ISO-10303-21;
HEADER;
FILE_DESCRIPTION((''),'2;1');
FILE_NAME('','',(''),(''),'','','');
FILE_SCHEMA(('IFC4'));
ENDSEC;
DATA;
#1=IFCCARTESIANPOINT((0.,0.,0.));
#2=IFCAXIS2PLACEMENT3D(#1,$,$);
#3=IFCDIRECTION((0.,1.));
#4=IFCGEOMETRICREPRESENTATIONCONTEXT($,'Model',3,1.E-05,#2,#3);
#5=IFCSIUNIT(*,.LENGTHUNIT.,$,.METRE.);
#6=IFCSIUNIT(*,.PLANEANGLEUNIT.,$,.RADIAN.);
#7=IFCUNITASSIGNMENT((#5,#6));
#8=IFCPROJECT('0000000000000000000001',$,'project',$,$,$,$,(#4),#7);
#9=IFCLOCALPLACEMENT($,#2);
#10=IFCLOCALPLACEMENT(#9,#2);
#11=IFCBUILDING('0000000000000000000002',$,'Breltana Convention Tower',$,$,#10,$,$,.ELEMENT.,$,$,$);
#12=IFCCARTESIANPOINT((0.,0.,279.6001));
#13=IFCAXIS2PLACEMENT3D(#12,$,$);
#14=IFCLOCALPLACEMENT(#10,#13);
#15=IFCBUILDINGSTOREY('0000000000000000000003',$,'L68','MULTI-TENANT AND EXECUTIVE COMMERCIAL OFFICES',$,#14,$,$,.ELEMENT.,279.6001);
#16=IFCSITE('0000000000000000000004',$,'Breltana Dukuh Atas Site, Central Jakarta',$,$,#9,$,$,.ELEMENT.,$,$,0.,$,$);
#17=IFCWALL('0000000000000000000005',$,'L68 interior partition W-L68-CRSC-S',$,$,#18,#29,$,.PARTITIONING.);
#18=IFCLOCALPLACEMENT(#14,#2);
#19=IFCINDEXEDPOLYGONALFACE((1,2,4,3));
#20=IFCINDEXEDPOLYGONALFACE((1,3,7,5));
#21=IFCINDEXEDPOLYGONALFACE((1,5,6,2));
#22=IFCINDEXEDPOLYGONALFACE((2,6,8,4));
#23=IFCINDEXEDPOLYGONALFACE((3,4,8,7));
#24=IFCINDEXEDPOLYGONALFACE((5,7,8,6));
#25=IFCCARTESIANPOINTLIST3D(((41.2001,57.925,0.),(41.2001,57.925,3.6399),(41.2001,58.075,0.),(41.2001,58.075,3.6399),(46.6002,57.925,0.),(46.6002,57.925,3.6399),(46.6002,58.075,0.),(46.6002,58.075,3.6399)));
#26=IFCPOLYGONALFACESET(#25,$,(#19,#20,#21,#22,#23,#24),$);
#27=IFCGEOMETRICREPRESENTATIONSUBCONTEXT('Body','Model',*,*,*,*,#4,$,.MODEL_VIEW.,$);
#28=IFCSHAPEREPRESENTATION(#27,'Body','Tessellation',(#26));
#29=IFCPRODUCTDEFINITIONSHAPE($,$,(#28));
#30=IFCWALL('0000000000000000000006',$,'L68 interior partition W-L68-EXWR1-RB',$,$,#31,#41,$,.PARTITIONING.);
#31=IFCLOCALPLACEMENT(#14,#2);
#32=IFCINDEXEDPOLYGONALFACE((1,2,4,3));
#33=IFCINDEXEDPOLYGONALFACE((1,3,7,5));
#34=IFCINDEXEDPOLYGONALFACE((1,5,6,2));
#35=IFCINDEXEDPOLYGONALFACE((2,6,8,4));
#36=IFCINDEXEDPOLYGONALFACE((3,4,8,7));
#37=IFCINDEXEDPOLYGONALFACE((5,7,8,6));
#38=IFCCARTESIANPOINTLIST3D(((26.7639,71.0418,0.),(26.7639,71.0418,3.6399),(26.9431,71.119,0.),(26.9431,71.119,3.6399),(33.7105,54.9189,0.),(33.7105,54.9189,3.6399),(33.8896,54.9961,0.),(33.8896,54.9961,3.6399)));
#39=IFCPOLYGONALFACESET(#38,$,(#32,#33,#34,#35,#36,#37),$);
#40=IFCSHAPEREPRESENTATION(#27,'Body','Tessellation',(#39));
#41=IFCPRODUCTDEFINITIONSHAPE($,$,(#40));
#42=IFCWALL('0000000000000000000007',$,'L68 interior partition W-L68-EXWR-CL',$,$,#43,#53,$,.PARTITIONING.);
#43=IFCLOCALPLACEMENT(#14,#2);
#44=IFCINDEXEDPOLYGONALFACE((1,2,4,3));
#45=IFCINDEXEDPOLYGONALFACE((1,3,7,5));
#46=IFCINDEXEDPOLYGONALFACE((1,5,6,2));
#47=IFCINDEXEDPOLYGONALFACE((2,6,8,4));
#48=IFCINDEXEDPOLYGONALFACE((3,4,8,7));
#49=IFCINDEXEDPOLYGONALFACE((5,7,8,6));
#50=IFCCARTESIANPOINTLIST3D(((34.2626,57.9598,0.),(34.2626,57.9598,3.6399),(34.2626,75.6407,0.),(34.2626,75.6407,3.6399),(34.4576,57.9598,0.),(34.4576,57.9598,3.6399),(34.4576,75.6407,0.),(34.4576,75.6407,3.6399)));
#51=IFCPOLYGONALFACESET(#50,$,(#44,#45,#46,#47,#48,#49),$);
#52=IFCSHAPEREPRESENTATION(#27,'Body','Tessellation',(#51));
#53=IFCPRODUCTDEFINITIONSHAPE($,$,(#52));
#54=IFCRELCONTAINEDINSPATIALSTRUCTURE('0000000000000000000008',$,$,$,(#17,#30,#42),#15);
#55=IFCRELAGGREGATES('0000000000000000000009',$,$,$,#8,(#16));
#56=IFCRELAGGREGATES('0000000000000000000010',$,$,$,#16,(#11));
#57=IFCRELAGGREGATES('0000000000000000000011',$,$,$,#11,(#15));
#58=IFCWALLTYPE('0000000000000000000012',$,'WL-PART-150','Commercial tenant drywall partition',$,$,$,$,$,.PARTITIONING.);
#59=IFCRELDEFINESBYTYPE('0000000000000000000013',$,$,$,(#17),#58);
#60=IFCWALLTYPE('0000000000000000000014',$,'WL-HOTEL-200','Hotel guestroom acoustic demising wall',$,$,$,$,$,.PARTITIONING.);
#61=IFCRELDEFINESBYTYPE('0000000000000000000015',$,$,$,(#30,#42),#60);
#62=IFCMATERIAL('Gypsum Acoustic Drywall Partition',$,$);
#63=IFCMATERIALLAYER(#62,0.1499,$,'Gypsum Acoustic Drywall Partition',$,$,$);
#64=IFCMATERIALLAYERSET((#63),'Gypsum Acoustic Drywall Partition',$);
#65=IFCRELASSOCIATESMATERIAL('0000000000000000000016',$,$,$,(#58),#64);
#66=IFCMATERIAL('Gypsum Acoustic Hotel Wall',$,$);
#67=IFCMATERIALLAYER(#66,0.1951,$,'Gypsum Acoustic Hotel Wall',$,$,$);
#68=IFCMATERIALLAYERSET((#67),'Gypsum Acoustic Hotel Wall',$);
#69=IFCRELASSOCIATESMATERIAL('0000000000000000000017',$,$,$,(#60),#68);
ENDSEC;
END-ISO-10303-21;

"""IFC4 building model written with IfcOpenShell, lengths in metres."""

from ifc_helpers import new_model, si_unit, direction, frame, frame_2d, origin, place, context, subcontext, project, spatial, rectangle, extrude, source, transform, mapped, material, layer, layer_set, type_object, element, save


model = new_model("IFC4")

# Units and contexts
model_context = context("Model", 3, precision=1e-05, world=origin(), true_north=direction((0.0, 1.0)))
body_context = subcontext(model_context, "Body", "Model", "MODEL_VIEW")
ifc_project = project(units=[si_unit("LENGTHUNIT", "METRE"), si_unit("PLANEANGLEUNIT", "RADIAN")], contexts=[model_context])

# Site, building, storey
site_placement = place(None, origin())
site = spatial("IfcSite", under=ifc_project, at=site_placement, Name="Breltana Dukuh Atas Site, Central Jakarta", CompositionType="ELEMENT", RefElevation=0.0)
building_placement = place(site_placement, origin())
building = spatial("IfcBuilding", under=site, at=building_placement, Name="Breltana Convention Tower", CompositionType="ELEMENT")
storey_placement = place(building_placement, frame((0.0, 0.0, 279.6001)))
storey = spatial("IfcBuildingStorey", under=building, at=storey_placement, Name="L68", Description="MULTI-TENANT AND EXECUTIVE COMMERCIAL OFFICES", CompositionType="ELEMENT", Elevation=279.6001)

# Wall
ifc_material_1 = material(Name="Gypsum Acoustic Drywall Partition")
ifc_layer_1 = layer(ifc_material_1, 0.1499, Name="Gypsum Acoustic Drywall Partition")
ifc_layer_set_1 = layer_set([ifc_layer_1], Name="Gypsum Acoustic Drywall Partition")
wall_type_1 = type_object("IfcWallType", Name="WL-PART-150", Description="Commercial tenant drywall partition", PredefinedType="PARTITIONING", material=ifc_layer_set_1)
shared_shape_1 = source(origin(), body_context, "Body", "SweptSolid", [
    extrude(rectangle(XDim=5.4001, YDim=0.1499, at=frame_2d((2.7002, 0.0))), origin(), (0.0, 0.0, 1.0), 3.6399),
])
wall_1_placement = place(storey_placement, frame((41.2, 58.0, 0.0), z_axis=(0.0, 0.0, 1.0), x_axis=(1.0, 0.0, 0.0)))
element("IfcWall", 1, at=wall_1_placement, inside=storey, type_object=wall_type_1, Name="L68 interior partition W-L68-CRSC-S", PredefinedType="PARTITIONING", context=body_context, shape_type="MappedRepresentation", body=[
    mapped(shared_shape_1, transform((0.0, 0.0, 0.0), scale=1.0)),
])

# Shared definitions
ifc_material_2 = material(Name="Gypsum Acoustic Hotel Wall")
ifc_layer_2 = layer(ifc_material_2, 0.1951, Name="Gypsum Acoustic Hotel Wall")
ifc_layer_set_2 = layer_set([ifc_layer_2], Name="Gypsum Acoustic Hotel Wall")
wall_type_2 = type_object("IfcWallType", Name="WL-HOTEL-200", Description="Hotel guestroom acoustic demising wall", PredefinedType="PARTITIONING", material=ifc_layer_set_2)

# Wall
shared_shape_2 = source(origin(), body_context, "Body", "SweptSolid", [
    extrude(rectangle(XDim=17.5557, YDim=0.1951, at=frame_2d((8.7778, 0.0))), origin(), (0.0, 0.0, 1.0), 3.6399),
])
wall_2_placement = place(storey_placement, frame((33.8, 54.9575, 0.0), z_axis=(0.0, 0.0, 1.0), x_axis=(-0.395688, 0.918385, 0.0)))
element("IfcWall", 2, at=wall_2_placement, inside=storey, type_object=wall_type_2, Name="L68 interior partition W-L68-EXWR1-RB", PredefinedType="PARTITIONING", context=body_context, shape_type="MappedRepresentation", body=[
    mapped(shared_shape_2, transform((0.0, 0.0, 0.0), scale=1.0)),
])

# Wall
shared_shape_3 = source(origin(), body_context, "Body", "SweptSolid", [
    extrude(rectangle(XDim=17.6809, YDim=0.1951, at=frame_2d((8.8403, 0.0))), origin(), (0.0, 0.0, 1.0), 3.6399),
])
wall_3_placement = place(storey_placement, frame((34.3601, 57.96, 0.0), z_axis=(0.0, 0.0, 1.0), x_axis=(0.0, 1.0, 0.0)))
element("IfcWall", 3, at=wall_3_placement, inside=storey, type_object=wall_type_2, Name="L68 interior partition W-L68-EXWR-CL", PredefinedType="PARTITIONING", context=body_context, shape_type="MappedRepresentation", body=[
    mapped(shared_shape_3, transform((0.0, 0.0, 0.0), scale=1.0)),
])

save(model, "model.ifc")
